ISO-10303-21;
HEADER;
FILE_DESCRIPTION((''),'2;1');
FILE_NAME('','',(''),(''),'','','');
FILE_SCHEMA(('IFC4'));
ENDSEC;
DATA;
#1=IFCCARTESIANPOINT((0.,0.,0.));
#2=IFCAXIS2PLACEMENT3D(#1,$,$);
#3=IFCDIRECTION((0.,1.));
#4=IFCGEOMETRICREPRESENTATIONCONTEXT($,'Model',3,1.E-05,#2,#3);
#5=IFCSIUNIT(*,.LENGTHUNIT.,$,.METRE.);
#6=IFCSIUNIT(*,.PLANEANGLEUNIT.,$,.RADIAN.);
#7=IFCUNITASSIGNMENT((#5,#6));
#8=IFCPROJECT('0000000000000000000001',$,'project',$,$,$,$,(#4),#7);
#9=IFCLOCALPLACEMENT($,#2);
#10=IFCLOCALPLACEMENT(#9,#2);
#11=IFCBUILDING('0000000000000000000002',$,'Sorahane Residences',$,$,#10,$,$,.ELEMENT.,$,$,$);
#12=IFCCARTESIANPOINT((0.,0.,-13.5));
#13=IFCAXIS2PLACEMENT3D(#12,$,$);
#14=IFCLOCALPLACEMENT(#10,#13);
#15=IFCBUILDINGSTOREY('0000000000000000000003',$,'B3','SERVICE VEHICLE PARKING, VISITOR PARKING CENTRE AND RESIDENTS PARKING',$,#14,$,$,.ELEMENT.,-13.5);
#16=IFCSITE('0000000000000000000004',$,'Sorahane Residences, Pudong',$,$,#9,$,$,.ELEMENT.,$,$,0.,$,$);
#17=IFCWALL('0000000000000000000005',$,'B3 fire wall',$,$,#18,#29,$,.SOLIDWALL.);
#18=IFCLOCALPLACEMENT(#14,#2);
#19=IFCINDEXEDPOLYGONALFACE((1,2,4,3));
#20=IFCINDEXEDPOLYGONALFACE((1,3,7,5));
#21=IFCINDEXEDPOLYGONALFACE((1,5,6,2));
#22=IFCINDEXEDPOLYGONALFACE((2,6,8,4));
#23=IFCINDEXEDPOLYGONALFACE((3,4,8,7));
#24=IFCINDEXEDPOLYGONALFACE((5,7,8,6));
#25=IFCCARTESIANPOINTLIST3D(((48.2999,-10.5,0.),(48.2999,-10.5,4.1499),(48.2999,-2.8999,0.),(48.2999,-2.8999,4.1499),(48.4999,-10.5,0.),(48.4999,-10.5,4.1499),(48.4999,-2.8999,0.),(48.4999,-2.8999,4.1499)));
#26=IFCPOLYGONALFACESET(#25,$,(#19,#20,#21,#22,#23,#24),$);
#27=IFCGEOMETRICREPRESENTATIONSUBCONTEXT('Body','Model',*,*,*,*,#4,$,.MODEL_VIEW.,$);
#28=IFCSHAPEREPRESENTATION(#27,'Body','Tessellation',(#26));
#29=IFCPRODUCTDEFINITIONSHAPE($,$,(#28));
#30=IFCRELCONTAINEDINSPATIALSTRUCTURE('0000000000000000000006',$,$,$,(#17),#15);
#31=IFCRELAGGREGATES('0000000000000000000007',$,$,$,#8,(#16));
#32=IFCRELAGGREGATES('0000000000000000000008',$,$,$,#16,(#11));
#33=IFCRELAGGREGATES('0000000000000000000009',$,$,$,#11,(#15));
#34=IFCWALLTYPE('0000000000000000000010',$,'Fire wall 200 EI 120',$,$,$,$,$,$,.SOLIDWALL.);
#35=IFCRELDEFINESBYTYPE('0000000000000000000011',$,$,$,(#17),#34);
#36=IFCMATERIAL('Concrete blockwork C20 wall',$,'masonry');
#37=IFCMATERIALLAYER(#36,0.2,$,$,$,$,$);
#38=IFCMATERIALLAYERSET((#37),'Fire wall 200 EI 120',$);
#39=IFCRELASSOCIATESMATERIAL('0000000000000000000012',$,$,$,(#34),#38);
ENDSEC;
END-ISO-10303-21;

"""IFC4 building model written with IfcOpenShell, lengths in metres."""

from ifc_helpers import new_model, si_unit, direction, frame, frame_2d, origin, place, context, subcontext, project, spatial, rectangle, extrude, material, layer, layer_set, type_object, element, save


model = new_model("IFC4")

# Units and contexts
model_context = context("Model", 3, precision=1e-05, world=origin(), true_north=direction((0.0, 1.0)))
body_context = subcontext(model_context, "Body", "Model", "MODEL_VIEW")
ifc_project = project(units=[si_unit("LENGTHUNIT", "METRE"), si_unit("PLANEANGLEUNIT", "RADIAN")], contexts=[model_context])

# Site, building, storey
site_placement = place(None, origin())
site = spatial("IfcSite", under=ifc_project, at=site_placement, Name="Sorahane Residences, Pudong", CompositionType="ELEMENT", RefElevation=0.0)
building_placement = place(site_placement, origin())
building = spatial("IfcBuilding", under=site, at=building_placement, Name="Sorahane Residences", CompositionType="ELEMENT")
storey_placement = place(building_placement, frame((0.0, 0.0, -13.5)))
storey = spatial("IfcBuildingStorey", under=building, at=storey_placement, Name="B3", Description="SERVICE VEHICLE PARKING, VISITOR PARKING CENTRE AND RESIDENTS PARKING", CompositionType="ELEMENT", Elevation=-13.5)

# Wall
ifc_material_1 = material(Name="Concrete blockwork C20 wall", Category="masonry")
ifc_layer = layer(ifc_material_1, 0.2)
ifc_layer_set = layer_set([ifc_layer], Name="Fire wall 200 EI 120")
wall_type = type_object("IfcWallType", Name="Fire wall 200 EI 120", PredefinedType="SOLIDWALL", material=ifc_layer_set)
wall_1_placement = place(storey_placement, frame((48.3999, -10.5, 0.0), z_axis=(0.0, 0.0, 1.0), x_axis=(0.0, 1.0, 0.0)))
element("IfcWall", 1, at=wall_1_placement, inside=storey, type_object=wall_type, Name="B3 fire wall", PredefinedType="SOLIDWALL", context=body_context, shape_type="SweptSolid", body=[
    extrude(rectangle(XDim=7.6001, YDim=0.2, at=frame_2d((3.8, 0.0))), origin(), (0.0, 0.0, 1.0), 4.1499),
])

save(model, "model.ifc")
